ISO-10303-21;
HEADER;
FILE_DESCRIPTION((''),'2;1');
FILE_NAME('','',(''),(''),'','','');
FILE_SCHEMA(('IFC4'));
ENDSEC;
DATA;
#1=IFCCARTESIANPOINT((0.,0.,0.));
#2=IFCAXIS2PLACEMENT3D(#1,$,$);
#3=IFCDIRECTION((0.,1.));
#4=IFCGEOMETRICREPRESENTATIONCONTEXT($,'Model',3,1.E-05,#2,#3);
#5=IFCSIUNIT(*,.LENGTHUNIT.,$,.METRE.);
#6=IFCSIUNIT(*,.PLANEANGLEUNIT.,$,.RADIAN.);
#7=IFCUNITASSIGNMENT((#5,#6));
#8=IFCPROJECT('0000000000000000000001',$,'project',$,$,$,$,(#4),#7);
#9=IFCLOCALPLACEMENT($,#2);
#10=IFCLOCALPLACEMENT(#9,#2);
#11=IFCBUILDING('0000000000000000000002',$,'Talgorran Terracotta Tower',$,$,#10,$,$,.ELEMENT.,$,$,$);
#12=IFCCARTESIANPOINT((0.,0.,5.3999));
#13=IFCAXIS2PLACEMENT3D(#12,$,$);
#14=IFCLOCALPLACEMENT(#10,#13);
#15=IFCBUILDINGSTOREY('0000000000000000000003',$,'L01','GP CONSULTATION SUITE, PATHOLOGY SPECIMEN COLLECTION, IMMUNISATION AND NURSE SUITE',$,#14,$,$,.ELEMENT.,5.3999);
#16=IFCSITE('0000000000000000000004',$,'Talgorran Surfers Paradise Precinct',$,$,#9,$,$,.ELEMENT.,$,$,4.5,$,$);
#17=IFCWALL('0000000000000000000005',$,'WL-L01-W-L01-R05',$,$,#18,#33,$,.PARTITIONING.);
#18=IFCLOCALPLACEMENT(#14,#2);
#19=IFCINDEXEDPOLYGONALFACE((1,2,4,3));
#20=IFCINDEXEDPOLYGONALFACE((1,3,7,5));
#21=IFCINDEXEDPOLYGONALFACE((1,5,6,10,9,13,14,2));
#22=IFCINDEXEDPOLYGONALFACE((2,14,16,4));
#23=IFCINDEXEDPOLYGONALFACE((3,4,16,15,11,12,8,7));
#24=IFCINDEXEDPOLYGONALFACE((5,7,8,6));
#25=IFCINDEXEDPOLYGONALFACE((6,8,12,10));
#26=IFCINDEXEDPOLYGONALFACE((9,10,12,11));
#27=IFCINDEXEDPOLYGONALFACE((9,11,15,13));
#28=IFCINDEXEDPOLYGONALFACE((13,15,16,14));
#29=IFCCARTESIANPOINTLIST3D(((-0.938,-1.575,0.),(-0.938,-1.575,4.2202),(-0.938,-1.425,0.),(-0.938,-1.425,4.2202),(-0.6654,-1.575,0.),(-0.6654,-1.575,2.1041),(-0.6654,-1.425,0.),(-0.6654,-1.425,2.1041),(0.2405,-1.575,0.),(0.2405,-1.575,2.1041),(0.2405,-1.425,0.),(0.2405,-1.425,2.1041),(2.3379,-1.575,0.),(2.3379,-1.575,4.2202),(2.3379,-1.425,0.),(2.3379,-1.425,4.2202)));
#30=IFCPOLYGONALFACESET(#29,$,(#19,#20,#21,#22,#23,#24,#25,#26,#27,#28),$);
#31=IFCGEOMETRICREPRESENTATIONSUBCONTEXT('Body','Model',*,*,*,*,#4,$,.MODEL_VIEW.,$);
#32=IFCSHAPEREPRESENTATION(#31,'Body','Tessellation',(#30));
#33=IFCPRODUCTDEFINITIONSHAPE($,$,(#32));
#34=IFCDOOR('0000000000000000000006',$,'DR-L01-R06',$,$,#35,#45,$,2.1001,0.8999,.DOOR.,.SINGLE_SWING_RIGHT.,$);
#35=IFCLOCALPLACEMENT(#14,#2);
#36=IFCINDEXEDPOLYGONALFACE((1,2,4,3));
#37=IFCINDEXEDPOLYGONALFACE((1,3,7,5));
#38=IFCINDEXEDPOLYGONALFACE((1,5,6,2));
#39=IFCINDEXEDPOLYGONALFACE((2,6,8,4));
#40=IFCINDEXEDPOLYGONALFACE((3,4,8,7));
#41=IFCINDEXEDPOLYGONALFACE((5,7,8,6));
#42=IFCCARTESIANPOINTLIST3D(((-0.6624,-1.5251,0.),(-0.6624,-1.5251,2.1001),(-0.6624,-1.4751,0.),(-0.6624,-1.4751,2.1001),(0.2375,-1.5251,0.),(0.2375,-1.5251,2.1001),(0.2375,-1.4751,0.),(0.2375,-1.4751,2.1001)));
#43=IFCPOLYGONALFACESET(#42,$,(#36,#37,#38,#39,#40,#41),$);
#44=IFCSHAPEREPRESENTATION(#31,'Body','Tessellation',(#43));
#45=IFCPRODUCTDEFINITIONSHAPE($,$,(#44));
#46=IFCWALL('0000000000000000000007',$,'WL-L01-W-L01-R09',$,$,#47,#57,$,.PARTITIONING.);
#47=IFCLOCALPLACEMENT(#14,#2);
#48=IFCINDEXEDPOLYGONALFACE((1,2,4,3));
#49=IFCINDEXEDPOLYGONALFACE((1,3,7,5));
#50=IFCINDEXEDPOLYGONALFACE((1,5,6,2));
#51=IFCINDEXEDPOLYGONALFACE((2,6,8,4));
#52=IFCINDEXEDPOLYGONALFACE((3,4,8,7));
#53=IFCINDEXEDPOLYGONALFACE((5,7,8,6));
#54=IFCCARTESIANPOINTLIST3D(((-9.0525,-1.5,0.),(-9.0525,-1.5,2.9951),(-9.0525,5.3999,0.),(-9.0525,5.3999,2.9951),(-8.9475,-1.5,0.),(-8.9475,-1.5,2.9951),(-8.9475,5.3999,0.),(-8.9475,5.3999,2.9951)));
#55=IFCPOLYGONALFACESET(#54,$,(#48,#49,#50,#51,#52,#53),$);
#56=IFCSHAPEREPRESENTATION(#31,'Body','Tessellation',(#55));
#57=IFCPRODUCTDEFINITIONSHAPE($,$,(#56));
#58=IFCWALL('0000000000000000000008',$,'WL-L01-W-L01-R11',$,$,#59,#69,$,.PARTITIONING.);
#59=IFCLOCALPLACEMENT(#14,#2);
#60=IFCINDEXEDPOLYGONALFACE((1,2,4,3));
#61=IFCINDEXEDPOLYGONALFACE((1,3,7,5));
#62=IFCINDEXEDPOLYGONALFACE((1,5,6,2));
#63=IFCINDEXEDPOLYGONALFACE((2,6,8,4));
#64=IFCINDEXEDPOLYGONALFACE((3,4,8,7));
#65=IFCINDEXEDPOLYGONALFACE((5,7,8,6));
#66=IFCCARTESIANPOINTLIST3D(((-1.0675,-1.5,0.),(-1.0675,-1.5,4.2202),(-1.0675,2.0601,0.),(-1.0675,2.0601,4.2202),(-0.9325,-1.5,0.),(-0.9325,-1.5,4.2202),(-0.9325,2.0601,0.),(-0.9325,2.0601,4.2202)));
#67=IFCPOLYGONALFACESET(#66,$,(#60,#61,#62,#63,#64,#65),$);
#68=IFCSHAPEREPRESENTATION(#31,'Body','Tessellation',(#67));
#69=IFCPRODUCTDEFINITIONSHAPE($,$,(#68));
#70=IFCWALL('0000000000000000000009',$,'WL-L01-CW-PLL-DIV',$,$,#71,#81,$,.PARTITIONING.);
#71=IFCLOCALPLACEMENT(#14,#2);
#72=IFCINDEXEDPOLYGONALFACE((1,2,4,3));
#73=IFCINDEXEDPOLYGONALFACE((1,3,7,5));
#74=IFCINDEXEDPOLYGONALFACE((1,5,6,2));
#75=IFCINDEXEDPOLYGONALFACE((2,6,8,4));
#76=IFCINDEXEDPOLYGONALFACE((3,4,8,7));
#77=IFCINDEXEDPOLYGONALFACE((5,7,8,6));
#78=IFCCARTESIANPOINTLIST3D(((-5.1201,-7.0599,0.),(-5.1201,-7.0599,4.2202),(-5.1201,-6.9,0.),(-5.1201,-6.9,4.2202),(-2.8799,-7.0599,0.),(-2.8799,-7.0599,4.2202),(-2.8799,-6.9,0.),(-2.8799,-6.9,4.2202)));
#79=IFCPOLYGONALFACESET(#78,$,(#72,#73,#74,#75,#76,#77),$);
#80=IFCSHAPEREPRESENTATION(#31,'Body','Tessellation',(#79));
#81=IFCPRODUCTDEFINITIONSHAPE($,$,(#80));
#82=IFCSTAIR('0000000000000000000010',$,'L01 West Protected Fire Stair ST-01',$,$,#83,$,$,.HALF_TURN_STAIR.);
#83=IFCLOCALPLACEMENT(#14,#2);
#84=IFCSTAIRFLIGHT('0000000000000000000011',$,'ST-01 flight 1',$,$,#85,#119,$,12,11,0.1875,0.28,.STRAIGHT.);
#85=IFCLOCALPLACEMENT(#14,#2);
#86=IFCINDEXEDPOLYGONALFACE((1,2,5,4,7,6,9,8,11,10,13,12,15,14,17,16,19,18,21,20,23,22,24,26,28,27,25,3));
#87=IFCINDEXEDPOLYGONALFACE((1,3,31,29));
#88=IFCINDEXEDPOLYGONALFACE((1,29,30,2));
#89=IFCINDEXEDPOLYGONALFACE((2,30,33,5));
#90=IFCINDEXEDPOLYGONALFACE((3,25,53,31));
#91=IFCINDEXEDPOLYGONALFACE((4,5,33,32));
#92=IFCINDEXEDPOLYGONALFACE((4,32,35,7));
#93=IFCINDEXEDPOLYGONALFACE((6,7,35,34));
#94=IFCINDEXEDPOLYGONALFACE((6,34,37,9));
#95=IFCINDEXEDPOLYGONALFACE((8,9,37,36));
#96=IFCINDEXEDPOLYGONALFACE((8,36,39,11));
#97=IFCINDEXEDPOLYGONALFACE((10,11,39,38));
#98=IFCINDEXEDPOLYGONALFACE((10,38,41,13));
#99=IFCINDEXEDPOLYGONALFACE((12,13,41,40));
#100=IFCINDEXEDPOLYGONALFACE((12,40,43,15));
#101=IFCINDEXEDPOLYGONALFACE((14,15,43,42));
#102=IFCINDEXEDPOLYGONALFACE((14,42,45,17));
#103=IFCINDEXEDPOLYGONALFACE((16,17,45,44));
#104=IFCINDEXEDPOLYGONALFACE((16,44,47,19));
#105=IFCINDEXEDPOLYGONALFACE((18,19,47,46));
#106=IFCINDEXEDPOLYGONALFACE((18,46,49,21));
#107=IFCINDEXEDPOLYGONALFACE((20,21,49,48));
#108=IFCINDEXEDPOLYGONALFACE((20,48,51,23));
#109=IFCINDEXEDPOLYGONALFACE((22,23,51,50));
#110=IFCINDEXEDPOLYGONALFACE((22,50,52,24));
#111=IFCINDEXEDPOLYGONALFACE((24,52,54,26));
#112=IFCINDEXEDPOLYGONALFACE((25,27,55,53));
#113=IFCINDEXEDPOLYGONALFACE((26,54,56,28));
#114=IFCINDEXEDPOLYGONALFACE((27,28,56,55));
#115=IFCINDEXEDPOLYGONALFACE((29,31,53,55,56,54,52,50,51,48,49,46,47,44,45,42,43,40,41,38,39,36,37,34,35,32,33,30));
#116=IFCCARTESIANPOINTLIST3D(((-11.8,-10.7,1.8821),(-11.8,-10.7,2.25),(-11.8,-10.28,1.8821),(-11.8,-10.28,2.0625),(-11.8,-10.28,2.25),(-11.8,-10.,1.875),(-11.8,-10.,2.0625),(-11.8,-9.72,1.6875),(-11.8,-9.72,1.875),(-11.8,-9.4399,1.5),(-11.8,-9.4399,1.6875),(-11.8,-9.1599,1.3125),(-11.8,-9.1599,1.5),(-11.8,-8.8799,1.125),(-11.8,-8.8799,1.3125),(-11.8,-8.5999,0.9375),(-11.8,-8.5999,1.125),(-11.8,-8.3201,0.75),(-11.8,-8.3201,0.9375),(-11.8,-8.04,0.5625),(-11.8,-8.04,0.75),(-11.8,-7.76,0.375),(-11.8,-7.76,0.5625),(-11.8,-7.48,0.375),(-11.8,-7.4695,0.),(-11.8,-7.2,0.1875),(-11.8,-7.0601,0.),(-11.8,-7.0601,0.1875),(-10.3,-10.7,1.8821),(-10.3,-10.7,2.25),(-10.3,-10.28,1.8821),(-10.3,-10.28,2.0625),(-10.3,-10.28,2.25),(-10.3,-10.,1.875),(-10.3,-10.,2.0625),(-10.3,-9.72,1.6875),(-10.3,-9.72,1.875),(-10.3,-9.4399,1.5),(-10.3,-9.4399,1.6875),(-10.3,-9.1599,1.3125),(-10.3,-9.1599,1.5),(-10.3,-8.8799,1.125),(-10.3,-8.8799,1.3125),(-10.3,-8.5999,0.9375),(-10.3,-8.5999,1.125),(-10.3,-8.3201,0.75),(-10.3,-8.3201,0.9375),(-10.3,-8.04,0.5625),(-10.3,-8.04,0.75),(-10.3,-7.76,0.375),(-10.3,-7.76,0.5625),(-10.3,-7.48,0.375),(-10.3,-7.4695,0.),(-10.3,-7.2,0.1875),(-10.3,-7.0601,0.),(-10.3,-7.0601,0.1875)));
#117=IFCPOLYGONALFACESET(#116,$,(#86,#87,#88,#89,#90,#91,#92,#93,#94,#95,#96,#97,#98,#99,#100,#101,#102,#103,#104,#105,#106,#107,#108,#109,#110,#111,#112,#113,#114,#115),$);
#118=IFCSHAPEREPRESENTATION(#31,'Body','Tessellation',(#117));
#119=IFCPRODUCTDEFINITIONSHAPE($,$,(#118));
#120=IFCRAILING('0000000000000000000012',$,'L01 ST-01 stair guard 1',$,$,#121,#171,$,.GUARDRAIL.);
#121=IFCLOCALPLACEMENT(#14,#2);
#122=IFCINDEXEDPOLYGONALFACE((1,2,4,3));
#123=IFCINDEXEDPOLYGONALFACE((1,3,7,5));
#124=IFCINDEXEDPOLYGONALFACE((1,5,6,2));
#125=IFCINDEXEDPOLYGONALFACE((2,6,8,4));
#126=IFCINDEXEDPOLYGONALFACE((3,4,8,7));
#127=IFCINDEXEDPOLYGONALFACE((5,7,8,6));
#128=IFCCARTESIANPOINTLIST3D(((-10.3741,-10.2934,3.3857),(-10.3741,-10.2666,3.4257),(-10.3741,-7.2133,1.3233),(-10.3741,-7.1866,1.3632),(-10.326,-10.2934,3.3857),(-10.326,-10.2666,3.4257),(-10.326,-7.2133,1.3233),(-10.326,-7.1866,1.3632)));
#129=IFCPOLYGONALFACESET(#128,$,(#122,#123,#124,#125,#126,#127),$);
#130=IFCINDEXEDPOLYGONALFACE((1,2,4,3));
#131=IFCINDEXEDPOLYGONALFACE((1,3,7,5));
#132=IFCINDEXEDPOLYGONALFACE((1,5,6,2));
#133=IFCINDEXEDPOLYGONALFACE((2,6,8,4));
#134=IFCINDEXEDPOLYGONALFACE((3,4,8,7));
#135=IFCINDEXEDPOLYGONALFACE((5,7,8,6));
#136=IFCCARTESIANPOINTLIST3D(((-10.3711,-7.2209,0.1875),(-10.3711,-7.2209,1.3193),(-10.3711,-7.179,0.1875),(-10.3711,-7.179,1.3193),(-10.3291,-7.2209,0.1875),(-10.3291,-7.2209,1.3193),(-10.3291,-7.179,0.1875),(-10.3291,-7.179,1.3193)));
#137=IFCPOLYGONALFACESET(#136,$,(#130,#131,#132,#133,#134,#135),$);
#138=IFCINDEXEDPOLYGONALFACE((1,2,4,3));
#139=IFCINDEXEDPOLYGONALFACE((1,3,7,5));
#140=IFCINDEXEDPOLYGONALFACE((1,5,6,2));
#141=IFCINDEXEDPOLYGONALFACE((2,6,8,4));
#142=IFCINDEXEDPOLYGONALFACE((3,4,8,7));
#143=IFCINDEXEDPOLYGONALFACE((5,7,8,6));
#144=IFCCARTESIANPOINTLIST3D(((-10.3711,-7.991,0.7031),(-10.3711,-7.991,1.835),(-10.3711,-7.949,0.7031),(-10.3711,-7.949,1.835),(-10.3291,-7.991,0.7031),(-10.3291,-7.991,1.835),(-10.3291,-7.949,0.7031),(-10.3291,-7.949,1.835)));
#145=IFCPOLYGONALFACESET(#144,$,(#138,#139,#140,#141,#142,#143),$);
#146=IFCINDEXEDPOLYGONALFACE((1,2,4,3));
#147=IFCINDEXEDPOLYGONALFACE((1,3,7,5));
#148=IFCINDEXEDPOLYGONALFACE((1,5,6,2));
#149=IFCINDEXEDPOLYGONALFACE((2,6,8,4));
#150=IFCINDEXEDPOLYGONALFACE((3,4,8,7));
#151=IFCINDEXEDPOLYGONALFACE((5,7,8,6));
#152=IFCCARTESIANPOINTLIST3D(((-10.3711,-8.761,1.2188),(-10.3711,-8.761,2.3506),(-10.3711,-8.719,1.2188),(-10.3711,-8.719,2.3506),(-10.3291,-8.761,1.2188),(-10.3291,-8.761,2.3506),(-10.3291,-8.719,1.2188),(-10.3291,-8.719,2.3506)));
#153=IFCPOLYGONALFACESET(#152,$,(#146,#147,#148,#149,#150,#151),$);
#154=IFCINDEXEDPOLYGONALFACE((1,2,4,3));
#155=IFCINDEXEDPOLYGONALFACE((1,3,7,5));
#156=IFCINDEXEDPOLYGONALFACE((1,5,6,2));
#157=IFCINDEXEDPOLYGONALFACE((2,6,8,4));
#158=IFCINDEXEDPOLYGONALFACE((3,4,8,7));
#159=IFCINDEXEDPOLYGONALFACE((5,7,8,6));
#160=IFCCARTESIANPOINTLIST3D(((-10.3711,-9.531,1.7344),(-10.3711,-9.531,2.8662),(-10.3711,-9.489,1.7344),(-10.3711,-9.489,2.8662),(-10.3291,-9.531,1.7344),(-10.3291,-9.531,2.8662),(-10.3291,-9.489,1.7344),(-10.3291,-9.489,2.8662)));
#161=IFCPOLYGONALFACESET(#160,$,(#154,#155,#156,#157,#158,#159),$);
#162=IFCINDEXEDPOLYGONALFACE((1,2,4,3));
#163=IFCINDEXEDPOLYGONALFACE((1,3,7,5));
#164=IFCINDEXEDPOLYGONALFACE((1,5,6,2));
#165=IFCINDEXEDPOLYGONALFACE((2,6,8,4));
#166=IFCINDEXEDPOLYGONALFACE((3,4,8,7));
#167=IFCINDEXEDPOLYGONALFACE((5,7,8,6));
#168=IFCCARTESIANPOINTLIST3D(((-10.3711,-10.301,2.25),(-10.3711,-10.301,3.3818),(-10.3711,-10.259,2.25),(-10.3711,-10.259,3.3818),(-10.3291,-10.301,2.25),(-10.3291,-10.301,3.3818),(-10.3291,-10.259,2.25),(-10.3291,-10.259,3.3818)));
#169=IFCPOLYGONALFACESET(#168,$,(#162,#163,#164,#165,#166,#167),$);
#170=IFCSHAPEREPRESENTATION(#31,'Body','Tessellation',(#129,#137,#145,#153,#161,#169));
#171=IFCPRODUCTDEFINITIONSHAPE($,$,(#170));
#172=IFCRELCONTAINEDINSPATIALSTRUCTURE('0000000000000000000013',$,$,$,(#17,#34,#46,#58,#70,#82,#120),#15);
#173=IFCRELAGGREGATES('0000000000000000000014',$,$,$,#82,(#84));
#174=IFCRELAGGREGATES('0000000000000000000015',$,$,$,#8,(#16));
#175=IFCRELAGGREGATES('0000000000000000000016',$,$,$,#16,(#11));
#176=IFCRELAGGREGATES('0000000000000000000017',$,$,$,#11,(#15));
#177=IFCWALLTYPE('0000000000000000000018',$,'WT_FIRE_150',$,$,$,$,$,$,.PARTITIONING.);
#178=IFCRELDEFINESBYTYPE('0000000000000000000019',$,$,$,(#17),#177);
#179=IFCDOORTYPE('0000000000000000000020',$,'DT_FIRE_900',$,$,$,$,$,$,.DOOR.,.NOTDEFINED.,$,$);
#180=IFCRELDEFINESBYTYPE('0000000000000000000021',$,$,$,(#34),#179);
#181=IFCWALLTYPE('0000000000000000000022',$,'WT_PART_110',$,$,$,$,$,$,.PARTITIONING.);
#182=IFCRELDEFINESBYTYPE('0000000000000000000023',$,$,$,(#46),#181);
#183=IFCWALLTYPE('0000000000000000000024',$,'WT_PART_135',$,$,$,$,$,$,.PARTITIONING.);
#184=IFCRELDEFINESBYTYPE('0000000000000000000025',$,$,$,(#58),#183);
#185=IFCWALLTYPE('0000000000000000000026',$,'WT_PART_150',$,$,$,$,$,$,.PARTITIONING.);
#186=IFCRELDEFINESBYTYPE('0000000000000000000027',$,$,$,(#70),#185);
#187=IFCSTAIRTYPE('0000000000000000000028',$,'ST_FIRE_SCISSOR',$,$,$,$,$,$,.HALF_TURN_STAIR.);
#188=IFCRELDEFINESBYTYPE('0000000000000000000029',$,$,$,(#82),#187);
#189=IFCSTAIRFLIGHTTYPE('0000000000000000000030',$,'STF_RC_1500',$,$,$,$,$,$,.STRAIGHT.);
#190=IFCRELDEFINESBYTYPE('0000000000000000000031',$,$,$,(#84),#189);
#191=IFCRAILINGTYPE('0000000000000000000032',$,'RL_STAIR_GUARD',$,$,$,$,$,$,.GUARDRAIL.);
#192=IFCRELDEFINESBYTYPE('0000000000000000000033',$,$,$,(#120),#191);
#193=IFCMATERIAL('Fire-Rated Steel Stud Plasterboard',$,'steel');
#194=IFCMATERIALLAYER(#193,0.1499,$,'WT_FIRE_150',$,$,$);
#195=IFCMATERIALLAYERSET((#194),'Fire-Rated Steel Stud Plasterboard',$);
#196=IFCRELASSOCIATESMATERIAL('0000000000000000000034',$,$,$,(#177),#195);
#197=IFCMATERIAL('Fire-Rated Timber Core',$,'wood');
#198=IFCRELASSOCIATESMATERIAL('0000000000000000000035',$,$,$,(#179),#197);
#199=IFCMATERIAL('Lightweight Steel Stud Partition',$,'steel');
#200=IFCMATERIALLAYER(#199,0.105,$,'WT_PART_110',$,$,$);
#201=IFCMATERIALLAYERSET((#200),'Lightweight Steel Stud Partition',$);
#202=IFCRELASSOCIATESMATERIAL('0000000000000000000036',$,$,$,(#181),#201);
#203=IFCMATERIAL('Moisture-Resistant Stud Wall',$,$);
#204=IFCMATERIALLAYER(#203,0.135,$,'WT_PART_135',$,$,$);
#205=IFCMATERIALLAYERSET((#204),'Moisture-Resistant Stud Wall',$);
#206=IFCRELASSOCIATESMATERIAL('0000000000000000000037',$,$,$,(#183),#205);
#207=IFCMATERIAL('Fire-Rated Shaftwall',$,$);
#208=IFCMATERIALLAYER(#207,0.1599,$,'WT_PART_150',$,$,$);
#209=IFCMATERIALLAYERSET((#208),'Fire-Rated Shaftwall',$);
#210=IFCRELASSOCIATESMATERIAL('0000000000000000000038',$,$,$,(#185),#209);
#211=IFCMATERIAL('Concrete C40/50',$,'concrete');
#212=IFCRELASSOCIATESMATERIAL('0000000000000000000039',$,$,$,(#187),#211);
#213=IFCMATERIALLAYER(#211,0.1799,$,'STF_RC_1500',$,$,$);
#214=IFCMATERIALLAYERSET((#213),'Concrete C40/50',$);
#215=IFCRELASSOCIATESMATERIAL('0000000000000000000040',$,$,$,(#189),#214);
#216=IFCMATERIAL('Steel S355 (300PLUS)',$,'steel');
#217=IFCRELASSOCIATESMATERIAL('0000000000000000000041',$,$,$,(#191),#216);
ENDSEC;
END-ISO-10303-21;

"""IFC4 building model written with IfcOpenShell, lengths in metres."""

from ifc_helpers import new_model, si_unit, direction, frame, frame_2d, origin, origin_2d, place, context, subcontext, project, spatial, polyline, rectangle, outline, extrude, material, layer, layer_set, type_object, element, fill, aggregate, save


model = new_model("IFC4")

# Units and contexts
model_context = context("Model", 3, precision=1e-05, world=origin(), true_north=direction((0.0, 1.0)))
body_context = subcontext(model_context, "Body", "Model", "MODEL_VIEW")
ifc_project = project(units=[si_unit("LENGTHUNIT", "METRE"), si_unit("PLANEANGLEUNIT", "RADIAN")], contexts=[model_context])

# Site, building, storey
site_placement = place(None, origin())
site = spatial("IfcSite", under=ifc_project, at=site_placement, Name="Talgorran Surfers Paradise Precinct", CompositionType="ELEMENT", RefElevation=4.5)
building_placement = place(site_placement, origin())
building = spatial("IfcBuilding", under=site, at=building_placement, Name="Talgorran Terracotta Tower", CompositionType="ELEMENT")
storey_placement = place(building_placement, frame((0.0, 0.0, 5.3999)))
storey = spatial("IfcBuildingStorey", under=building, at=storey_placement, Name="L01", Description="GP CONSULTATION SUITE, PATHOLOGY SPECIMEN COLLECTION, IMMUNISATION AND NURSE SUITE", CompositionType="ELEMENT", Elevation=5.3999)

# Shared definitions
ifc_material_1 = material(Name="Steel S355 (300PLUS)", Category="steel")

# Wall, opening, door
ifc_material_2 = material(Name="Fire-Rated Steel Stud Plasterboard", Category="steel")
ifc_layer_1 = layer(ifc_material_2, 0.1499, Name="WT_FIRE_150")
ifc_layer_set_1 = layer_set([ifc_layer_1], Name="Fire-Rated Steel Stud Plasterboard")
wall_type_1 = type_object("IfcWallType", Name="WT_FIRE_150", PredefinedType="PARTITIONING", material=ifc_layer_set_1)
ifc_material_3 = material(Name="Fire-Rated Timber Core", Category="wood")
door_type_1 = type_object("IfcDoorType", Name="DT_FIRE_900", OperationType="NOTDEFINED", PredefinedType="DOOR", material=ifc_material_3)
wall_1_placement = place(storey_placement, frame((-0.938, -1.5, 0.0), z_axis=(0.0, 0.0, 1.0), x_axis=(1.0, 0.0, 0.0)))
wall_1 = element("IfcWall", 1, at=wall_1_placement, inside=storey, type_object=wall_type_1, Name="WL-L01-W-L01-R05", PredefinedType="PARTITIONING", context=body_context, shape_type="SweptSolid", body=[
    extrude(rectangle(XDim=3.2759, YDim=0.1499, at=frame_2d((1.6379, 0.0))), origin(), (0.0, 0.0, 1.0), 4.2202),
])
opening_1_placement = place(wall_1_placement, frame((0.2756, 0.0, 0.0)))
opening_1 = element("IfcOpeningElement", 2, at=opening_1_placement, cuts=wall_1, PredefinedType="OPENING", context=body_context, shape_type="SweptSolid", body=[
    extrude(rectangle(XDim=0.9059, YDim=2.1041, at=frame_2d((0.45, 1.052))), frame((0.0, 0.085, 0.0), z_axis=(0.0, -1.0, 0.0), x_axis=(1.0, 0.0, 0.0)), (0.0, 0.0, 1.0), 0.1699),
])
door_1_placement = place(opening_1_placement, origin())
door_1 = element("IfcDoor", 3, at=door_1_placement, inside=storey, type_object=door_type_1, Name="DR-L01-R06", OperationType="SINGLE_SWING_RIGHT", OverallHeight=2.1001, OverallWidth=0.8999, PredefinedType="DOOR", context=body_context, shape_type="SweptSolid", body=[
    extrude(rectangle(XDim=0.8999, YDim=2.1001, at=frame_2d((0.45, 1.05))), frame((0.0, 0.0249, 0.0), z_axis=(0.0, -1.0, 0.0), x_axis=(1.0, 0.0, 0.0)), (0.0, 0.0, 1.0), 0.05),
])
fill(opening_1, door_1)

# Walls
ifc_material_4 = material(Name="Lightweight Steel Stud Partition", Category="steel")
ifc_layer_2 = layer(ifc_material_4, 0.105, Name="WT_PART_110")
ifc_layer_set_2 = layer_set([ifc_layer_2], Name="Lightweight Steel Stud Partition")
wall_type_2 = type_object("IfcWallType", Name="WT_PART_110", PredefinedType="PARTITIONING", material=ifc_layer_set_2)
wall_2_placement = place(storey_placement, frame((-9.0, -1.5, 0.0), z_axis=(0.0, 0.0, 1.0), x_axis=(0.0, 1.0, 0.0)))
element("IfcWall", 4, at=wall_2_placement, inside=storey, type_object=wall_type_2, Name="WL-L01-W-L01-R09", PredefinedType="PARTITIONING", context=body_context, shape_type="SweptSolid", body=[
    extrude(rectangle(XDim=6.8999, YDim=0.105, at=frame_2d((3.45, 0.0))), origin(), (0.0, 0.0, 1.0), 2.9951),
])
ifc_material_5 = material(Name="Moisture-Resistant Stud Wall")
ifc_layer_3 = layer(ifc_material_5, 0.135, Name="WT_PART_135")
ifc_layer_set_3 = layer_set([ifc_layer_3], Name="Moisture-Resistant Stud Wall")
wall_type_3 = type_object("IfcWallType", Name="WT_PART_135", PredefinedType="PARTITIONING", material=ifc_layer_set_3)
wall_3_placement = place(storey_placement, frame((-1.0, -1.5, 0.0), z_axis=(0.0, 0.0, 1.0), x_axis=(0.0, 1.0, 0.0)))
element("IfcWall", 5, at=wall_3_placement, inside=storey, type_object=wall_type_3, Name="WL-L01-W-L01-R11", PredefinedType="PARTITIONING", context=body_context, shape_type="SweptSolid", body=[
    extrude(rectangle(XDim=3.5601, YDim=0.135, at=frame_2d((1.78, 0.0))), origin(), (0.0, 0.0, 1.0), 4.2202),
])
ifc_material_6 = material(Name="Fire-Rated Shaftwall")
ifc_layer_4 = layer(ifc_material_6, 0.1599, Name="WT_PART_150")
ifc_layer_set_4 = layer_set([ifc_layer_4], Name="Fire-Rated Shaftwall")
wall_type_4 = type_object("IfcWallType", Name="WT_PART_150", PredefinedType="PARTITIONING", material=ifc_layer_set_4)
wall_4_placement = place(storey_placement, frame((-5.1201, -6.98, 0.0), z_axis=(0.0, 0.0, 1.0), x_axis=(1.0, 0.0, 0.0)))
element("IfcWall", 6, at=wall_4_placement, inside=storey, type_object=wall_type_4, Name="WL-L01-CW-PLL-DIV", PredefinedType="PARTITIONING", context=body_context, shape_type="SweptSolid", body=[
    extrude(rectangle(XDim=2.2402, YDim=0.1599, at=frame_2d((1.1201, 0.0))), origin(), (0.0, 0.0, 1.0), 4.2202),
])

# Stair, stair flight
ifc_material_7 = material(Name="Concrete C40/50", Category="concrete")
stair_type = type_object("IfcStairType", Name="ST_FIRE_SCISSOR", PredefinedType="HALF_TURN_STAIR", material=ifc_material_7)
stair_placement = place(storey_placement, origin())
stair = element("IfcStair", 7, at=stair_placement, inside=storey, type_object=stair_type, Name="L01 West Protected Fire Stair ST-01", PredefinedType="HALF_TURN_STAIR")
ifc_layer_5 = layer(ifc_material_7, 0.1799, Name="STF_RC_1500")
ifc_layer_set_5 = layer_set([ifc_layer_5], Name="Concrete C40/50")
stair_flight_type = type_object("IfcStairFlightType", Name="STF_RC_1500", PredefinedType="STRAIGHT", material=ifc_layer_set_5)
stair_flight_placement = place(storey_placement, frame((-11.05, -7.2, 0.0), z_axis=(0.0, 0.0, 1.0), x_axis=(0.0, -1.0, 0.0)))
stair_flight = element("IfcStairFlight", 8, at=stair_flight_placement, type_object=stair_flight_type, Name="ST-01 flight 1", NumberOfRisers=12, NumberOfTreads=11, PredefinedType="STRAIGHT", RiserHeight=0.1875, TreadLength=0.28, context=body_context, shape_type="SweptSolid", body=[
    extrude(outline(polyline([(-0.1399, 0.0), (-0.1399, 0.1875), (0.0, 0.1875), (0.28, 0.375), (0.5601, 0.375), (0.5601, 0.5625), (0.8401, 0.5625), (0.8401, 0.75), (1.1201, 0.75), (1.1201, 0.9375), (1.3999, 0.9375), (1.3999, 1.125), (1.6799, 1.125), (1.6799, 1.3125), (1.96, 1.3125), (1.96, 1.5), (2.24, 1.5), (2.24, 1.6875), (2.52, 1.6875), (2.52, 1.875), (2.8, 1.875), (2.8, 2.0625), (3.0801, 2.0625), (3.0801, 2.25), (3.5, 2.25), (3.5, 1.8821), (3.0801, 1.8821), (0.2695, 0.0), (-0.1399, 0.0)])), frame((0.0, 0.75, 0.0), z_axis=(0.0, -1.0, 0.0), x_axis=(1.0, 0.0, 0.0)), (0.0, 0.0, 1.0), 1.5),
])
aggregate(stair, [stair_flight])

# Railing
railing_type = type_object("IfcRailingType", Name="RL_STAIR_GUARD", PredefinedType="GUARDRAIL", material=ifc_material_1)
railing_1_placement = place(storey_placement, frame((-10.3501, -7.2, 0.1875)))
element("IfcRailing", 9, at=railing_1_placement, inside=storey, type_object=railing_type, Name="L01 ST-01 stair guard 1", PredefinedType="GUARDRAIL", context=body_context, shape_type="SweptSolid", body=[
    extrude(rectangle(XDim=0.0481, YDim=0.0481, at=origin_2d()), frame((0.0, 0.0, 1.1558), z_axis=(0.0, -0.830914, 0.556401), x_axis=(1.0, 0.0, 0.0)), (0.0, 0.0, 1.0), 3.7068),
    extrude(rectangle(XDim=0.042, YDim=0.042, at=origin_2d()), origin(), (0.0, 0.0, 1.0), 1.1318),
    extrude(rectangle(XDim=0.042, YDim=0.042, at=origin_2d()), frame((0.0, -0.77, 0.5156)), (0.0, 0.0, 1.0), 1.1318),
    extrude(rectangle(XDim=0.042, YDim=0.042, at=origin_2d()), frame((0.0, -1.54, 1.0312)), (0.0, 0.0, 1.0), 1.1318),
    extrude(rectangle(XDim=0.042, YDim=0.042, at=origin_2d()), frame((0.0, -2.3101, 1.5469)), (0.0, 0.0, 1.0), 1.1318),
    extrude(rectangle(XDim=0.042, YDim=0.042, at=origin_2d()), frame((0.0, -3.0801, 2.0625)), (0.0, 0.0, 1.0), 1.1318),
])

save(model, "model.ifc")
